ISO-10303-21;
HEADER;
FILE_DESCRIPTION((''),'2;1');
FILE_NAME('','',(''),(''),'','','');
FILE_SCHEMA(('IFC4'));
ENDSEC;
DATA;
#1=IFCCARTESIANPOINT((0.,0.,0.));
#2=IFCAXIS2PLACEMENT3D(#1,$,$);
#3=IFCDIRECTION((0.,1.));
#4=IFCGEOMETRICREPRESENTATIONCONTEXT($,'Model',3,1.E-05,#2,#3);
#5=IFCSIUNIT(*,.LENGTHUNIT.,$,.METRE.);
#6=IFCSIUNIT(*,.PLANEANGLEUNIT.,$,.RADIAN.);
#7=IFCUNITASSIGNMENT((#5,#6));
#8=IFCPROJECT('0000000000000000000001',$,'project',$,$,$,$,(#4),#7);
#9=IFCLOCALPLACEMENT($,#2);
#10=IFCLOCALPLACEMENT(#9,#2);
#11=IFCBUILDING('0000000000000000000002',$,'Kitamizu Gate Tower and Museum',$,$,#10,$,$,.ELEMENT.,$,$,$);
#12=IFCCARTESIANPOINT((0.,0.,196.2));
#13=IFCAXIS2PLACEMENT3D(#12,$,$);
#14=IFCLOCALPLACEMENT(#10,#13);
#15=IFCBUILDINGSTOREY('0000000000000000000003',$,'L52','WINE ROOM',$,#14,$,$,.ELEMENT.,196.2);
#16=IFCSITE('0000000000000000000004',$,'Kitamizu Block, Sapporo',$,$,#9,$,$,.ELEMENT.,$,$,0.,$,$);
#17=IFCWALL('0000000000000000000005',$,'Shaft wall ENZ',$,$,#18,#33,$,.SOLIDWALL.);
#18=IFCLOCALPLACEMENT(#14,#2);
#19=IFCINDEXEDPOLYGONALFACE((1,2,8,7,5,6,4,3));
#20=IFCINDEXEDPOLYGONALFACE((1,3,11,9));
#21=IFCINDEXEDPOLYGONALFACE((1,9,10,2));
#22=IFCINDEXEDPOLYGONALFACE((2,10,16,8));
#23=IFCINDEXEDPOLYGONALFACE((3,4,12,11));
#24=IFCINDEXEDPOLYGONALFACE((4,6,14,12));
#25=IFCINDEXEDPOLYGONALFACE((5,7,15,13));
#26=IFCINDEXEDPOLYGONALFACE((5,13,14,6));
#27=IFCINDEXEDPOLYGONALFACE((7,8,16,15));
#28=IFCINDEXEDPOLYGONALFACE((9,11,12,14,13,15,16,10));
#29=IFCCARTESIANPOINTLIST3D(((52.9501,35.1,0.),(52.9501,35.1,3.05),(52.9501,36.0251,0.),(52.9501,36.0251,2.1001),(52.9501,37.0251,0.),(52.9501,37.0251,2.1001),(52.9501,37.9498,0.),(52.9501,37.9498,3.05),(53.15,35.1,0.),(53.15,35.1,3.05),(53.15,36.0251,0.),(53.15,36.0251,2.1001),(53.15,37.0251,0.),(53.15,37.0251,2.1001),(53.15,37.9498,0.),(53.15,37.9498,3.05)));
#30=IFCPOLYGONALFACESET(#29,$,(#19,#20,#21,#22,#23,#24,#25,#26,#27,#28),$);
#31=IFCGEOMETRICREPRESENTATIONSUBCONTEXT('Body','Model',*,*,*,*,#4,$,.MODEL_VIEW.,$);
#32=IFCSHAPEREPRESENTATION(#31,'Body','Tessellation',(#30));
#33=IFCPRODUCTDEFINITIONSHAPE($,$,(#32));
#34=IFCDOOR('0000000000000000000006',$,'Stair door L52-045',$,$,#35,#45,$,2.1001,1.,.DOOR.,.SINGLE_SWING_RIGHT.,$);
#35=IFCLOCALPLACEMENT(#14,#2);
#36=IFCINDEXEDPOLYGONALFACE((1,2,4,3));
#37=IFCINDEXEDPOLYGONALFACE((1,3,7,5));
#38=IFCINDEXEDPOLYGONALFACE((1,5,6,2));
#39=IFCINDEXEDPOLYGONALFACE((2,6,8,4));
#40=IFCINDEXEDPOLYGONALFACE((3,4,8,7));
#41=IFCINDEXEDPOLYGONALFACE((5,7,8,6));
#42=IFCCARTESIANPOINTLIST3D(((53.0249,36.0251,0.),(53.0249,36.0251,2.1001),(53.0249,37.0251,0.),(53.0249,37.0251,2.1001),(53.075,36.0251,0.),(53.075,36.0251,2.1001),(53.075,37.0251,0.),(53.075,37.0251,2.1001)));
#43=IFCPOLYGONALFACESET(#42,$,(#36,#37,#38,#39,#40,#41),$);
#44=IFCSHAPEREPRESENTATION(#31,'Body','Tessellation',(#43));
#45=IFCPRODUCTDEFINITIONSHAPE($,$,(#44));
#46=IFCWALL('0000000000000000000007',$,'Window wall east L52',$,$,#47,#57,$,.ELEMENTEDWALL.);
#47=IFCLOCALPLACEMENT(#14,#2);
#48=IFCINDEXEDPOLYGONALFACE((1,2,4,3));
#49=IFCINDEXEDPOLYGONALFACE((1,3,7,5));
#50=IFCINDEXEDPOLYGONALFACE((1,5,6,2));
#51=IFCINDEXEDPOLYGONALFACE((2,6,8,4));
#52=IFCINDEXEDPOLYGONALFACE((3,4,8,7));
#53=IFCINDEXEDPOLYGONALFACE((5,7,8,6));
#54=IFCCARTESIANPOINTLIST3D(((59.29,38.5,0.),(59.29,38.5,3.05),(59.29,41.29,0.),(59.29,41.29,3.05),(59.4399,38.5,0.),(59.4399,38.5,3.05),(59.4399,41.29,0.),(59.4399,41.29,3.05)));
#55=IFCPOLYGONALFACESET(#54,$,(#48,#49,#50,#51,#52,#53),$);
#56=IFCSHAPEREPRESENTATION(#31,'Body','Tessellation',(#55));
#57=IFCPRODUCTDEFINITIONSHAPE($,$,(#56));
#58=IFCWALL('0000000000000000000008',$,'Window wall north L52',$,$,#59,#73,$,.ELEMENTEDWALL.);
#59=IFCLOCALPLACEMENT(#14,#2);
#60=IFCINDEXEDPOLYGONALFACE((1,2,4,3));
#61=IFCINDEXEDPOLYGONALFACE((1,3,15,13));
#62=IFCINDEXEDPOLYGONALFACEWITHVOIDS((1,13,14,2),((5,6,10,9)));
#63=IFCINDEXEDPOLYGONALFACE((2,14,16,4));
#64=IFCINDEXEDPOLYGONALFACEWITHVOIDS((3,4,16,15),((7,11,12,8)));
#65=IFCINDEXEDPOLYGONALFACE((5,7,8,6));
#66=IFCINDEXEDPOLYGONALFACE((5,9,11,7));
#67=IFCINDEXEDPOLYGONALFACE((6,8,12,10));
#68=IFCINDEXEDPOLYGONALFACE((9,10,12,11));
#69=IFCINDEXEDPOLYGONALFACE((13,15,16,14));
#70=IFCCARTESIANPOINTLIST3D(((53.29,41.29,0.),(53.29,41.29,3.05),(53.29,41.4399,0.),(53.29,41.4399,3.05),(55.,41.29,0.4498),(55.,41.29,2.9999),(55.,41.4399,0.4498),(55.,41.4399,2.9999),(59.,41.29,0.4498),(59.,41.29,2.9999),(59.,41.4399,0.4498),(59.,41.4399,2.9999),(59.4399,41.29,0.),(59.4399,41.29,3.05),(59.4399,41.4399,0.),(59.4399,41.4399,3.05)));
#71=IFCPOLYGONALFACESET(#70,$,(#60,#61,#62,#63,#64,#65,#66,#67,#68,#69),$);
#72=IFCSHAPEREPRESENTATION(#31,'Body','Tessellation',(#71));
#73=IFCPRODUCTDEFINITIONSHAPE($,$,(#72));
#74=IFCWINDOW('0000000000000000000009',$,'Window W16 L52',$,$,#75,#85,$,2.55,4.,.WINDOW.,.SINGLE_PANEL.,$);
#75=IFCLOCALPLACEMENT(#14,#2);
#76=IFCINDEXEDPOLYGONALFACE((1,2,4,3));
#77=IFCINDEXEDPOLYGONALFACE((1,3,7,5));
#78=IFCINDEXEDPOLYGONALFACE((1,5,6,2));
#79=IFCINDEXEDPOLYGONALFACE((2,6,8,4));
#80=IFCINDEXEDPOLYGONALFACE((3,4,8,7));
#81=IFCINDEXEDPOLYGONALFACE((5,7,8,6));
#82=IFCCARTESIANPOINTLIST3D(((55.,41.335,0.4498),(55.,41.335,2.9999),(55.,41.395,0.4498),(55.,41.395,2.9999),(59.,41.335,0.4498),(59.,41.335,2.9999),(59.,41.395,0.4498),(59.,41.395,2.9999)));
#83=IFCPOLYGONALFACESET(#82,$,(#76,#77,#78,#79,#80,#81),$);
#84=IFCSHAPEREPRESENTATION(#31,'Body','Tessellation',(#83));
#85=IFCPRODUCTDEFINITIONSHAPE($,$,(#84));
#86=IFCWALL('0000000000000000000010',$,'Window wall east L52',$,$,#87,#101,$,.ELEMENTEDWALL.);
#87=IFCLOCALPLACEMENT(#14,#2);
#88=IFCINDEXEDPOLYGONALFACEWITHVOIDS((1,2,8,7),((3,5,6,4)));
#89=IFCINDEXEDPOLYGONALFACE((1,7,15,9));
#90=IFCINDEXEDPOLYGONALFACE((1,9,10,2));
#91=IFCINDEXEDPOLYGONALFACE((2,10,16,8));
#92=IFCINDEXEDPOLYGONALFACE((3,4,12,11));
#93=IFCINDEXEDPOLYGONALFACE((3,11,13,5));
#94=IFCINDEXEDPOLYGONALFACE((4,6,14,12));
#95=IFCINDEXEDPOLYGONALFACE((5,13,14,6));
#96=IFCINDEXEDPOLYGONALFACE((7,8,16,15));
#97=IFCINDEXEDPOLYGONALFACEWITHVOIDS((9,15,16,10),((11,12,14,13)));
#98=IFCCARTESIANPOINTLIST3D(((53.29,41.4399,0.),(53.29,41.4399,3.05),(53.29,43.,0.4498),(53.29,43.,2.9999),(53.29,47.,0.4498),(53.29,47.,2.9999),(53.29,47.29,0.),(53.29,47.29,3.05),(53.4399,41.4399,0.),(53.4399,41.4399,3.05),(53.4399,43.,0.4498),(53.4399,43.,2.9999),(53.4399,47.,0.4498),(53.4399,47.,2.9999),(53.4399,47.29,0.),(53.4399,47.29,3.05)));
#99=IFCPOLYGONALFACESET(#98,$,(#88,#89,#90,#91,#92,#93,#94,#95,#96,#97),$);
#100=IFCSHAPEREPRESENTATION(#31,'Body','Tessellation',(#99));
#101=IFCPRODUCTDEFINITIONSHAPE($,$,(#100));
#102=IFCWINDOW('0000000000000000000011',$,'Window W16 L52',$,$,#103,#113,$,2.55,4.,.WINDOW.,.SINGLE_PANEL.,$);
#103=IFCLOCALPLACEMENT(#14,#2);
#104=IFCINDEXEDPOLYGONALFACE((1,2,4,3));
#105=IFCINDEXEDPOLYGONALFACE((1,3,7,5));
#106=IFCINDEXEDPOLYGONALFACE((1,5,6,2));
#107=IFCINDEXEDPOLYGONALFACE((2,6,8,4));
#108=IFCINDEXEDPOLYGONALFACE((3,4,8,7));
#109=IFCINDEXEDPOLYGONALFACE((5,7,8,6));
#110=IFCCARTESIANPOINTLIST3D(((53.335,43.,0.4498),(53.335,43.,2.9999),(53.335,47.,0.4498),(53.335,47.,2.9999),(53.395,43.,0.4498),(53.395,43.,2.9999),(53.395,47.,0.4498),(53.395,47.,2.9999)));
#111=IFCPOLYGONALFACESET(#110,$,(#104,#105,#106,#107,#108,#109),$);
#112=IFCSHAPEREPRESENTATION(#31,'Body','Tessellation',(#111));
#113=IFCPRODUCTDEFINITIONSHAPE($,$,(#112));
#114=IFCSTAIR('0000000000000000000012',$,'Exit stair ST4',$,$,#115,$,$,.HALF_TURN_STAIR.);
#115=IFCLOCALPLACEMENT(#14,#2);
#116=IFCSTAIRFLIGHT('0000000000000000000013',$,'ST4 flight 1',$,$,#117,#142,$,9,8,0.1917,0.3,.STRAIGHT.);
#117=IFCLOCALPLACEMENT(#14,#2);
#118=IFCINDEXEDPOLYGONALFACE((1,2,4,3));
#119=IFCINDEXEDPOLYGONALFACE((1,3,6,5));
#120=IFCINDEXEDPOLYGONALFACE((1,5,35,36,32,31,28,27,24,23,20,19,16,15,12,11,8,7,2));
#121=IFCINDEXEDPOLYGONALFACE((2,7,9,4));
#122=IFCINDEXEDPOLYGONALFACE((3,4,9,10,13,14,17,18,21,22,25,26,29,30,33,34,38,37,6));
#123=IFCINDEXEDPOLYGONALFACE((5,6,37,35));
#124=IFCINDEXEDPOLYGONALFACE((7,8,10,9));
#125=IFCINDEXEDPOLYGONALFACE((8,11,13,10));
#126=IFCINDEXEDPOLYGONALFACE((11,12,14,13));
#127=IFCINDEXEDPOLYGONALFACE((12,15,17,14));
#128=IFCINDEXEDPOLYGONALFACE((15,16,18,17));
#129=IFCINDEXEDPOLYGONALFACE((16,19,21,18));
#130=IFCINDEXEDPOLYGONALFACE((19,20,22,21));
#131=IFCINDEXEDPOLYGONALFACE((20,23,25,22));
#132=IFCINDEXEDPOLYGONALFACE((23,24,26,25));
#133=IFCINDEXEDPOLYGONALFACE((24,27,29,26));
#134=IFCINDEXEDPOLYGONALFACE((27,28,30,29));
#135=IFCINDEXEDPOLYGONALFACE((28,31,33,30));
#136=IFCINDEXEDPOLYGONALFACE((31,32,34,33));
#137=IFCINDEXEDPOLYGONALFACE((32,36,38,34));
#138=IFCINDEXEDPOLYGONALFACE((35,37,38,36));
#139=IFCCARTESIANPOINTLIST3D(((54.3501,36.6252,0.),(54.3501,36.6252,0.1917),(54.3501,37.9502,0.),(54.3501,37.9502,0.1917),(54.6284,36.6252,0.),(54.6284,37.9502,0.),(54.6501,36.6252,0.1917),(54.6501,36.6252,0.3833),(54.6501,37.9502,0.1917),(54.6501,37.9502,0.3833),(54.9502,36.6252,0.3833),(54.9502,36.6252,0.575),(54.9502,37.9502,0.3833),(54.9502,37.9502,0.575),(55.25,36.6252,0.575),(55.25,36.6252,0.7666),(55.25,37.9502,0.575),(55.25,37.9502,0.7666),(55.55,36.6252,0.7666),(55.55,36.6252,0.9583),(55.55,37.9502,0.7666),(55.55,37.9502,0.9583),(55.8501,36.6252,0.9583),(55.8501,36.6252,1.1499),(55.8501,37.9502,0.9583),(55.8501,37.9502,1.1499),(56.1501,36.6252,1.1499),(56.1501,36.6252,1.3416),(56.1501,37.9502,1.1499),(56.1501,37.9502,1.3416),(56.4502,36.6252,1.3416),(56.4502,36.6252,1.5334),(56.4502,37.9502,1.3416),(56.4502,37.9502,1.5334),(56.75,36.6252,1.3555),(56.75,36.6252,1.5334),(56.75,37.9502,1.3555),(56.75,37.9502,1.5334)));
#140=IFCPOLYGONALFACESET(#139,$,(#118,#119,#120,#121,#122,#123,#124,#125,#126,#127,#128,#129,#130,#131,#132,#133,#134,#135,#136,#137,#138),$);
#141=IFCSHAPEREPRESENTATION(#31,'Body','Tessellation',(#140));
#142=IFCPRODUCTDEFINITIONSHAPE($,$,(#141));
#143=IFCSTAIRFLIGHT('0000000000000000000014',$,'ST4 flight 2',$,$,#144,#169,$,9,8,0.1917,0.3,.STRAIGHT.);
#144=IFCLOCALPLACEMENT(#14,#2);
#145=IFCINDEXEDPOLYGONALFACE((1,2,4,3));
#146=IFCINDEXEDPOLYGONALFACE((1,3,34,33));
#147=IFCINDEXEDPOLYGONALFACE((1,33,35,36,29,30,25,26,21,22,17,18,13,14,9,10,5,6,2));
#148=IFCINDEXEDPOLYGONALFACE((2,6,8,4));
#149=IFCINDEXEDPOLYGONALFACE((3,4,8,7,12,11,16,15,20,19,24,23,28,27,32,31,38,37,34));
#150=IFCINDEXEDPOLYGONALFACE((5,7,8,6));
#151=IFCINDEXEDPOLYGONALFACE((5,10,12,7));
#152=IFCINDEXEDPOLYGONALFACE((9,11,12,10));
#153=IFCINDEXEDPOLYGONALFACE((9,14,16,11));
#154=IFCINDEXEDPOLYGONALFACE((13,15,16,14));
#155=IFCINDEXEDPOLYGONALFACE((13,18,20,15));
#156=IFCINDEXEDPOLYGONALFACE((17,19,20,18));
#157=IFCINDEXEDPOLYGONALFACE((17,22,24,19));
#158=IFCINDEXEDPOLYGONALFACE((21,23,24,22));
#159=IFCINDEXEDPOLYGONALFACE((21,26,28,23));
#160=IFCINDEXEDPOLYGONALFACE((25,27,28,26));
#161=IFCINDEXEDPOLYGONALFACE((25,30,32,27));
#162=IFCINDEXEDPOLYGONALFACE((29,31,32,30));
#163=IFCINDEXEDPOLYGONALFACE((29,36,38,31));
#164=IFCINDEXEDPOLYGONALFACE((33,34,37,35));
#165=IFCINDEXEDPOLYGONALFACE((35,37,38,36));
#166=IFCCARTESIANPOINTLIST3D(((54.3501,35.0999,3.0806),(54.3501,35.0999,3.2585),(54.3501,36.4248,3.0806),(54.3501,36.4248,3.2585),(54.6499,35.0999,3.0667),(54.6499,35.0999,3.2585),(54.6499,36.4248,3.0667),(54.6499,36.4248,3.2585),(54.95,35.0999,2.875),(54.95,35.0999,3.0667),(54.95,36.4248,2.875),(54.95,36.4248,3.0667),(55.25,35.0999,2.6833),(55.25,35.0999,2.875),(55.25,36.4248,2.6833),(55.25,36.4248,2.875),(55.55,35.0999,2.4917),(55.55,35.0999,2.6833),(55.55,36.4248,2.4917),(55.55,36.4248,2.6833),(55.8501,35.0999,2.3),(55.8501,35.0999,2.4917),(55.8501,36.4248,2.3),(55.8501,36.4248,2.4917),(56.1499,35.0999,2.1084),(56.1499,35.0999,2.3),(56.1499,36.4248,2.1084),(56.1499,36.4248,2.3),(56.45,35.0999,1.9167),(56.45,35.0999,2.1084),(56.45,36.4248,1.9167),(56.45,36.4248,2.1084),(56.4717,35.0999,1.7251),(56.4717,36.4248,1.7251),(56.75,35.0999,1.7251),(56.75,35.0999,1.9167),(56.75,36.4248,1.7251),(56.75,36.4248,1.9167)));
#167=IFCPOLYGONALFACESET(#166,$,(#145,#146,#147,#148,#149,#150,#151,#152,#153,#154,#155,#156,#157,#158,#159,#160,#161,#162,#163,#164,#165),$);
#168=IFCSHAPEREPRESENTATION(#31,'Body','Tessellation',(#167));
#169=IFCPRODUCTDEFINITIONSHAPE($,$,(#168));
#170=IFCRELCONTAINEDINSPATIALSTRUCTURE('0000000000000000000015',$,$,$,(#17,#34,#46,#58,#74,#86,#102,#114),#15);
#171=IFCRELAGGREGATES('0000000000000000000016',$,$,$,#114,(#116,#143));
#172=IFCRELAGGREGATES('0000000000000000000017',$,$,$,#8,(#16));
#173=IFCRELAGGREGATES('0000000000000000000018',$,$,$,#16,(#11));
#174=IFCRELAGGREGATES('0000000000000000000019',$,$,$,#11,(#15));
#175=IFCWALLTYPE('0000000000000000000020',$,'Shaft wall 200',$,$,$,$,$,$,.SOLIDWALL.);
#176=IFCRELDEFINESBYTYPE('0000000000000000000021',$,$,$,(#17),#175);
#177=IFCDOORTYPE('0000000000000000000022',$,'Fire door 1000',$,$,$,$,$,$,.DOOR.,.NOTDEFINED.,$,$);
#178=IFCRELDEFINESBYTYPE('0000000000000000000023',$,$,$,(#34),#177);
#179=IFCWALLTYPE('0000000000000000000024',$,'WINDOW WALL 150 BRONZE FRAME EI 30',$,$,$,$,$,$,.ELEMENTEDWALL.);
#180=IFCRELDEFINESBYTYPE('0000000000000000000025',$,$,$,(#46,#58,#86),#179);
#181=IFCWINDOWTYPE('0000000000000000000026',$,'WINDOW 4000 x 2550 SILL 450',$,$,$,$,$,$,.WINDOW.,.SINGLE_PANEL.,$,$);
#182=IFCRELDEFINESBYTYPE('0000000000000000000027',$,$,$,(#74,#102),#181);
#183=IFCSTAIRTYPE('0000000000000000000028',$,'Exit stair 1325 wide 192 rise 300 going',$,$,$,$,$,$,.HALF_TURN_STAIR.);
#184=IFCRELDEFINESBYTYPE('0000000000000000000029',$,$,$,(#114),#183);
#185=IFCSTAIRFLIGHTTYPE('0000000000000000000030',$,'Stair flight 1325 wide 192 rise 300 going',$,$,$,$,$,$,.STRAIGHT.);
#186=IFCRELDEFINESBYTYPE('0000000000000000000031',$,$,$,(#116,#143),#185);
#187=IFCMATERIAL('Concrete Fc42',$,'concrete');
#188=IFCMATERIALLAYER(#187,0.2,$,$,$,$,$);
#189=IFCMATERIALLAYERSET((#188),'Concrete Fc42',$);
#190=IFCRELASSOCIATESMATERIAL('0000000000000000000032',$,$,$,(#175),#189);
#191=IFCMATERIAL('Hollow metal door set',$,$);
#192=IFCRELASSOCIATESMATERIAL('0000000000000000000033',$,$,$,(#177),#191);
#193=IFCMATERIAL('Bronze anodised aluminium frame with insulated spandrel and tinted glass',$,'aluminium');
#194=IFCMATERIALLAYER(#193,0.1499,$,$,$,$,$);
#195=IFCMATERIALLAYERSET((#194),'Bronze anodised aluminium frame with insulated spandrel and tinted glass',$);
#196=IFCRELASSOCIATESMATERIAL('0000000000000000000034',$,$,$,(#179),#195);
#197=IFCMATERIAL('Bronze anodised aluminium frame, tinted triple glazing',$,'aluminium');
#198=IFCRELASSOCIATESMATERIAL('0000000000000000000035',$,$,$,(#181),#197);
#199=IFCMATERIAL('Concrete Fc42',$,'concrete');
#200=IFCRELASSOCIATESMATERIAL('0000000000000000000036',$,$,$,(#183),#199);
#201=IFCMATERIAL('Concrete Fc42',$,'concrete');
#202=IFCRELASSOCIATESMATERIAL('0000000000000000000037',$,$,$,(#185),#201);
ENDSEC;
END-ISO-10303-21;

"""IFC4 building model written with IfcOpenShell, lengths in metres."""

from ifc_helpers import new_model, si_unit, direction, frame, frame_2d, origin, place, context, subcontext, project, spatial, polyline, rectangle, outline, extrude, material, layer, layer_set, type_object, element, fill, aggregate, save


model = new_model("IFC4")

# Units and contexts
model_context = context("Model", 3, precision=1e-05, world=origin(), true_north=direction((0.0, 1.0)))
body_context = subcontext(model_context, "Body", "Model", "MODEL_VIEW")
ifc_project = project(units=[si_unit("LENGTHUNIT", "METRE"), si_unit("PLANEANGLEUNIT", "RADIAN")], contexts=[model_context])

# Site, building, storey
site_placement = place(None, origin())
site = spatial("IfcSite", under=ifc_project, at=site_placement, Name="Kitamizu Block, Sapporo", CompositionType="ELEMENT", RefElevation=0.0)
building_placement = place(site_placement, origin())
building = spatial("IfcBuilding", under=site, at=building_placement, Name="Kitamizu Gate Tower and Museum", CompositionType="ELEMENT")
storey_placement = place(building_placement, frame((0.0, 0.0, 196.2)))
storey = spatial("IfcBuildingStorey", under=building, at=storey_placement, Name="L52", Description="WINE ROOM", CompositionType="ELEMENT", Elevation=196.2)

# Shared definitions
ifc_material_1 = material(Name="Concrete Fc42", Category="concrete")
ifc_layer_1 = layer(ifc_material_1, 0.2)
ifc_layer_set_1 = layer_set([ifc_layer_1], Name="Concrete Fc42")
wall_type_1 = type_object("IfcWallType", Name="Shaft wall 200", PredefinedType="SOLIDWALL", material=ifc_layer_set_1)

# Wall, opening, door
wall_1_placement = place(storey_placement, frame((53.05, 35.1001, 0.0), z_axis=(0.0, 0.0, 1.0), x_axis=(0.0, 1.0, 0.0)))
wall_1 = element("IfcWall", 1, at=wall_1_placement, inside=storey, type_object=wall_type_1, Name="Shaft wall ENZ", PredefinedType="SOLIDWALL", context=body_context, shape_type="SweptSolid", body=[
    extrude(rectangle(XDim=2.8499, YDim=0.2, at=frame_2d((1.4248, 0.0))), origin(), (0.0, 0.0, 1.0), 3.05),
])
opening_1_placement = place(wall_1_placement, frame((0.925, 0.0, 0.0)))
opening_1 = element("IfcOpeningElement", 2, at=opening_1_placement, cuts=wall_1, PredefinedType="OPENING", context=body_context, shape_type="SweptSolid", body=[
    extrude(rectangle(XDim=1.0, YDim=2.1001, at=frame_2d((0.5, 1.05))), frame((0.0, 0.1099, 0.0), z_axis=(0.0, -1.0, 0.0), x_axis=(1.0, 0.0, 0.0)), (0.0, 0.0, 1.0), 0.22),
])
ifc_material_2 = material(Name="Hollow metal door set")
door_type_1 = type_object("IfcDoorType", Name="Fire door 1000", OperationType="NOTDEFINED", PredefinedType="DOOR", material=ifc_material_2)
door_1_placement = place(opening_1_placement, frame((1.0, 0.0, 0.0), x_axis=(-1.0, 0.0, 0.0)))
door_1 = element("IfcDoor", 3, at=door_1_placement, inside=storey, type_object=door_type_1, Name="Stair door L52-045", OperationType="SINGLE_SWING_RIGHT", OverallHeight=2.1001, OverallWidth=1.0, PredefinedType="DOOR", context=body_context, shape_type="SweptSolid", body=[
    extrude(rectangle(XDim=1.0, YDim=2.1001, at=frame_2d((0.5, 1.05))), frame((0.0, 0.0249, 0.0), z_axis=(0.0, -1.0, 0.0), x_axis=(1.0, 0.0, 0.0)), (0.0, 0.0, 1.0), 0.05),
])
fill(opening_1, door_1)

# Wall
ifc_material_3 = material(Name="Bronze anodised aluminium frame with insulated spandrel and tinted glass", Category="aluminium")
ifc_layer_2 = layer(ifc_material_3, 0.1499)
ifc_layer_set_2 = layer_set([ifc_layer_2], Name="Bronze anodised aluminium frame with insulated spandrel and tinted glass")
wall_type_2 = type_object("IfcWallType", Name="WINDOW WALL 150 BRONZE FRAME EI 30", PredefinedType="ELEMENTEDWALL", material=ifc_layer_set_2)
wall_2_placement = place(storey_placement, frame((59.365, 38.5, 0.0), z_axis=(0.0, 0.0, 1.0), x_axis=(0.0, 1.0, 0.0)))
element("IfcWall", 4, at=wall_2_placement, inside=storey, type_object=wall_type_2, Name="Window wall east L52", PredefinedType="ELEMENTEDWALL", context=body_context, shape_type="SweptSolid", body=[
    extrude(rectangle(XDim=2.79, YDim=0.1499, at=frame_2d((1.395, 0.0))), origin(), (0.0, 0.0, 1.0), 3.05),
])

# Walls, openings, windows
wall_3_placement = place(storey_placement, frame((53.29, 41.365, 0.0), z_axis=(0.0, 0.0, 1.0), x_axis=(1.0, 0.0, 0.0)))
wall_3 = element("IfcWall", 5, at=wall_3_placement, inside=storey, type_object=wall_type_2, Name="Window wall north L52", PredefinedType="ELEMENTEDWALL", context=body_context, shape_type="SweptSolid", body=[
    extrude(rectangle(XDim=6.1499, YDim=0.1499, at=frame_2d((3.075, 0.0))), origin(), (0.0, 0.0, 1.0), 3.05),
])
opening_2_placement = place(wall_3_placement, frame((1.71, 0.0, 0.45)))
opening_2 = element("IfcOpeningElement", 6, at=opening_2_placement, cuts=wall_3, PredefinedType="OPENING", context=body_context, shape_type="SweptSolid", body=[
    extrude(rectangle(XDim=4.0, YDim=2.55, at=frame_2d((2.0, 1.2749))), frame((0.0, 0.085, 0.0), z_axis=(0.0, -1.0, 0.0), x_axis=(1.0, 0.0, 0.0)), (0.0, 0.0, 1.0), 0.1699),
])
ifc_material_4 = material(Name="Bronze anodised aluminium frame, tinted triple glazing", Category="aluminium")
window_type = type_object("IfcWindowType", Name="WINDOW 4000 x 2550 SILL 450", PartitioningType="SINGLE_PANEL", PredefinedType="WINDOW", material=ifc_material_4)
window_1_placement = place(opening_2_placement, origin())
window_1 = element("IfcWindow", 7, at=window_1_placement, inside=storey, type_object=window_type, Name="Window W16 L52", OverallHeight=2.55, OverallWidth=4.0, PartitioningType="SINGLE_PANEL", PredefinedType="WINDOW", context=body_context, shape_type="SweptSolid", body=[
    extrude(rectangle(XDim=4.0, YDim=2.55, at=frame_2d((2.0, 1.2749))), frame((0.0, 0.03, 0.0), z_axis=(0.0, -1.0, 0.0), x_axis=(1.0, 0.0, 0.0)), (0.0, 0.0, 1.0), 0.0601),
])
fill(opening_2, window_1)
wall_4_placement = place(storey_placement, frame((53.365, 41.4399, 0.0), z_axis=(0.0, 0.0, 1.0), x_axis=(0.0, 1.0, 0.0)))
wall_4 = element("IfcWall", 8, at=wall_4_placement, inside=storey, type_object=wall_type_2, Name="Window wall east L52", PredefinedType="ELEMENTEDWALL", context=body_context, shape_type="SweptSolid", body=[
    extrude(rectangle(XDim=5.8501, YDim=0.1499, at=frame_2d((2.925, 0.0))), origin(), (0.0, 0.0, 1.0), 3.05),
])
opening_3_placement = place(wall_4_placement, frame((1.5601, 0.0, 0.45)))
opening_3 = element("IfcOpeningElement", 9, at=opening_3_placement, cuts=wall_4, PredefinedType="OPENING", context=body_context, shape_type="SweptSolid", body=[
    extrude(rectangle(XDim=4.0, YDim=2.55, at=frame_2d((2.0, 1.2749))), frame((0.0, 0.085, 0.0), z_axis=(0.0, -1.0, 0.0), x_axis=(1.0, 0.0, 0.0)), (0.0, 0.0, 1.0), 0.1699),
])
window_2_placement = place(opening_3_placement, origin())
window_2 = element("IfcWindow", 10, at=window_2_placement, inside=storey, type_object=window_type, Name="Window W16 L52", OverallHeight=2.55, OverallWidth=4.0, PartitioningType="SINGLE_PANEL", PredefinedType="WINDOW", context=body_context, shape_type="SweptSolid", body=[
    extrude(rectangle(XDim=4.0, YDim=2.55, at=frame_2d((2.0, 1.2749))), frame((0.0, 0.03, 0.0), z_axis=(0.0, -1.0, 0.0), x_axis=(1.0, 0.0, 0.0)), (0.0, 0.0, 1.0), 0.0601),
])
fill(opening_3, window_2)

# Stair, stair flights
ifc_material_5 = material(Name="Concrete Fc42", Category="concrete")
stair_type = type_object("IfcStairType", Name="Exit stair 1325 wide 192 rise 300 going", PredefinedType="HALF_TURN_STAIR", material=ifc_material_5)
stair_placement = place(storey_placement, origin())
stair = element("IfcStair", 11, at=stair_placement, inside=storey, type_object=stair_type, Name="Exit stair ST4", PredefinedType="HALF_TURN_STAIR")
ifc_material_6 = material(Name="Concrete Fc42", Category="concrete")
stair_flight_type = type_object("IfcStairFlightType", Name="Stair flight 1325 wide 192 rise 300 going", PredefinedType="STRAIGHT", material=ifc_material_6)
stair_flight_1_placement = place(storey_placement, frame((54.3501, 37.2876, 0.0), z_axis=(0.0, 0.0, 1.0), x_axis=(1.0, 0.0, 0.0)))
stair_flight_1 = element("IfcStairFlight", 12, at=stair_flight_1_placement, type_object=stair_flight_type, Name="ST4 flight 1", NumberOfRisers=9, NumberOfTreads=8, PredefinedType="STRAIGHT", RiserHeight=0.1917, TreadLength=0.3, context=body_context, shape_type="SweptSolid", body=[
    extrude(outline(polyline([(0.0, 0.0), (0.0, 0.1917), (0.3, 0.1917), (0.3, 0.3833), (0.6001, 0.3833), (0.6001, 0.575), (0.8999, 0.575), (0.8999, 0.7666), (1.2, 0.7666), (1.2, 0.9583), (1.5, 0.9583), (1.5, 1.1499), (1.8, 1.1499), (1.8, 1.3416), (2.1001, 1.3416), (2.1001, 1.5334), (2.3999, 1.5334), (2.3999, 1.7251), (2.3999, 1.3555), (0.2783, 0.0), (0.0, 0.0)])), frame((0.0, 0.6626, 0.0), z_axis=(0.0, -1.0, 0.0), x_axis=(1.0, 0.0, 0.0)), (0.0, 0.0, 1.0), 1.325),
])
stair_flight_2_placement = place(storey_placement, frame((56.75, 35.7625, 1.7251), z_axis=(0.0, 0.0, 1.0), x_axis=(-1.0, 0.0, 0.0)))
stair_flight_2 = element("IfcStairFlight", 13, at=stair_flight_2_placement, type_object=stair_flight_type, Name="ST4 flight 2", NumberOfRisers=9, NumberOfTreads=8, PredefinedType="STRAIGHT", RiserHeight=0.1917, TreadLength=0.3, context=body_context, shape_type="SweptSolid", body=[
    extrude(outline(polyline([(0.0, 0.0), (0.0, 0.1917), (0.3, 0.1917), (0.3, 0.3833), (0.6001, 0.3833), (0.6001, 0.575), (0.8999, 0.575), (0.8999, 0.7666), (1.2, 0.7666), (1.2, 0.9583), (1.5, 0.9583), (1.5, 1.1499), (1.8, 1.1499), (1.8, 1.3416), (2.1001, 1.3416), (2.1001, 1.5334), (2.3999, 1.5334), (2.3999, 1.7251), (2.3999, 1.3555), (0.2783, 0.0), (0.0, 0.0)])), frame((0.0, 0.6626, 0.0), z_axis=(0.0, -1.0, 0.0), x_axis=(1.0, 0.0, 0.0)), (0.0, 0.0, 1.0), 1.325),
])
aggregate(stair, [stair_flight_1, stair_flight_2])

save(model, "model.ifc")
